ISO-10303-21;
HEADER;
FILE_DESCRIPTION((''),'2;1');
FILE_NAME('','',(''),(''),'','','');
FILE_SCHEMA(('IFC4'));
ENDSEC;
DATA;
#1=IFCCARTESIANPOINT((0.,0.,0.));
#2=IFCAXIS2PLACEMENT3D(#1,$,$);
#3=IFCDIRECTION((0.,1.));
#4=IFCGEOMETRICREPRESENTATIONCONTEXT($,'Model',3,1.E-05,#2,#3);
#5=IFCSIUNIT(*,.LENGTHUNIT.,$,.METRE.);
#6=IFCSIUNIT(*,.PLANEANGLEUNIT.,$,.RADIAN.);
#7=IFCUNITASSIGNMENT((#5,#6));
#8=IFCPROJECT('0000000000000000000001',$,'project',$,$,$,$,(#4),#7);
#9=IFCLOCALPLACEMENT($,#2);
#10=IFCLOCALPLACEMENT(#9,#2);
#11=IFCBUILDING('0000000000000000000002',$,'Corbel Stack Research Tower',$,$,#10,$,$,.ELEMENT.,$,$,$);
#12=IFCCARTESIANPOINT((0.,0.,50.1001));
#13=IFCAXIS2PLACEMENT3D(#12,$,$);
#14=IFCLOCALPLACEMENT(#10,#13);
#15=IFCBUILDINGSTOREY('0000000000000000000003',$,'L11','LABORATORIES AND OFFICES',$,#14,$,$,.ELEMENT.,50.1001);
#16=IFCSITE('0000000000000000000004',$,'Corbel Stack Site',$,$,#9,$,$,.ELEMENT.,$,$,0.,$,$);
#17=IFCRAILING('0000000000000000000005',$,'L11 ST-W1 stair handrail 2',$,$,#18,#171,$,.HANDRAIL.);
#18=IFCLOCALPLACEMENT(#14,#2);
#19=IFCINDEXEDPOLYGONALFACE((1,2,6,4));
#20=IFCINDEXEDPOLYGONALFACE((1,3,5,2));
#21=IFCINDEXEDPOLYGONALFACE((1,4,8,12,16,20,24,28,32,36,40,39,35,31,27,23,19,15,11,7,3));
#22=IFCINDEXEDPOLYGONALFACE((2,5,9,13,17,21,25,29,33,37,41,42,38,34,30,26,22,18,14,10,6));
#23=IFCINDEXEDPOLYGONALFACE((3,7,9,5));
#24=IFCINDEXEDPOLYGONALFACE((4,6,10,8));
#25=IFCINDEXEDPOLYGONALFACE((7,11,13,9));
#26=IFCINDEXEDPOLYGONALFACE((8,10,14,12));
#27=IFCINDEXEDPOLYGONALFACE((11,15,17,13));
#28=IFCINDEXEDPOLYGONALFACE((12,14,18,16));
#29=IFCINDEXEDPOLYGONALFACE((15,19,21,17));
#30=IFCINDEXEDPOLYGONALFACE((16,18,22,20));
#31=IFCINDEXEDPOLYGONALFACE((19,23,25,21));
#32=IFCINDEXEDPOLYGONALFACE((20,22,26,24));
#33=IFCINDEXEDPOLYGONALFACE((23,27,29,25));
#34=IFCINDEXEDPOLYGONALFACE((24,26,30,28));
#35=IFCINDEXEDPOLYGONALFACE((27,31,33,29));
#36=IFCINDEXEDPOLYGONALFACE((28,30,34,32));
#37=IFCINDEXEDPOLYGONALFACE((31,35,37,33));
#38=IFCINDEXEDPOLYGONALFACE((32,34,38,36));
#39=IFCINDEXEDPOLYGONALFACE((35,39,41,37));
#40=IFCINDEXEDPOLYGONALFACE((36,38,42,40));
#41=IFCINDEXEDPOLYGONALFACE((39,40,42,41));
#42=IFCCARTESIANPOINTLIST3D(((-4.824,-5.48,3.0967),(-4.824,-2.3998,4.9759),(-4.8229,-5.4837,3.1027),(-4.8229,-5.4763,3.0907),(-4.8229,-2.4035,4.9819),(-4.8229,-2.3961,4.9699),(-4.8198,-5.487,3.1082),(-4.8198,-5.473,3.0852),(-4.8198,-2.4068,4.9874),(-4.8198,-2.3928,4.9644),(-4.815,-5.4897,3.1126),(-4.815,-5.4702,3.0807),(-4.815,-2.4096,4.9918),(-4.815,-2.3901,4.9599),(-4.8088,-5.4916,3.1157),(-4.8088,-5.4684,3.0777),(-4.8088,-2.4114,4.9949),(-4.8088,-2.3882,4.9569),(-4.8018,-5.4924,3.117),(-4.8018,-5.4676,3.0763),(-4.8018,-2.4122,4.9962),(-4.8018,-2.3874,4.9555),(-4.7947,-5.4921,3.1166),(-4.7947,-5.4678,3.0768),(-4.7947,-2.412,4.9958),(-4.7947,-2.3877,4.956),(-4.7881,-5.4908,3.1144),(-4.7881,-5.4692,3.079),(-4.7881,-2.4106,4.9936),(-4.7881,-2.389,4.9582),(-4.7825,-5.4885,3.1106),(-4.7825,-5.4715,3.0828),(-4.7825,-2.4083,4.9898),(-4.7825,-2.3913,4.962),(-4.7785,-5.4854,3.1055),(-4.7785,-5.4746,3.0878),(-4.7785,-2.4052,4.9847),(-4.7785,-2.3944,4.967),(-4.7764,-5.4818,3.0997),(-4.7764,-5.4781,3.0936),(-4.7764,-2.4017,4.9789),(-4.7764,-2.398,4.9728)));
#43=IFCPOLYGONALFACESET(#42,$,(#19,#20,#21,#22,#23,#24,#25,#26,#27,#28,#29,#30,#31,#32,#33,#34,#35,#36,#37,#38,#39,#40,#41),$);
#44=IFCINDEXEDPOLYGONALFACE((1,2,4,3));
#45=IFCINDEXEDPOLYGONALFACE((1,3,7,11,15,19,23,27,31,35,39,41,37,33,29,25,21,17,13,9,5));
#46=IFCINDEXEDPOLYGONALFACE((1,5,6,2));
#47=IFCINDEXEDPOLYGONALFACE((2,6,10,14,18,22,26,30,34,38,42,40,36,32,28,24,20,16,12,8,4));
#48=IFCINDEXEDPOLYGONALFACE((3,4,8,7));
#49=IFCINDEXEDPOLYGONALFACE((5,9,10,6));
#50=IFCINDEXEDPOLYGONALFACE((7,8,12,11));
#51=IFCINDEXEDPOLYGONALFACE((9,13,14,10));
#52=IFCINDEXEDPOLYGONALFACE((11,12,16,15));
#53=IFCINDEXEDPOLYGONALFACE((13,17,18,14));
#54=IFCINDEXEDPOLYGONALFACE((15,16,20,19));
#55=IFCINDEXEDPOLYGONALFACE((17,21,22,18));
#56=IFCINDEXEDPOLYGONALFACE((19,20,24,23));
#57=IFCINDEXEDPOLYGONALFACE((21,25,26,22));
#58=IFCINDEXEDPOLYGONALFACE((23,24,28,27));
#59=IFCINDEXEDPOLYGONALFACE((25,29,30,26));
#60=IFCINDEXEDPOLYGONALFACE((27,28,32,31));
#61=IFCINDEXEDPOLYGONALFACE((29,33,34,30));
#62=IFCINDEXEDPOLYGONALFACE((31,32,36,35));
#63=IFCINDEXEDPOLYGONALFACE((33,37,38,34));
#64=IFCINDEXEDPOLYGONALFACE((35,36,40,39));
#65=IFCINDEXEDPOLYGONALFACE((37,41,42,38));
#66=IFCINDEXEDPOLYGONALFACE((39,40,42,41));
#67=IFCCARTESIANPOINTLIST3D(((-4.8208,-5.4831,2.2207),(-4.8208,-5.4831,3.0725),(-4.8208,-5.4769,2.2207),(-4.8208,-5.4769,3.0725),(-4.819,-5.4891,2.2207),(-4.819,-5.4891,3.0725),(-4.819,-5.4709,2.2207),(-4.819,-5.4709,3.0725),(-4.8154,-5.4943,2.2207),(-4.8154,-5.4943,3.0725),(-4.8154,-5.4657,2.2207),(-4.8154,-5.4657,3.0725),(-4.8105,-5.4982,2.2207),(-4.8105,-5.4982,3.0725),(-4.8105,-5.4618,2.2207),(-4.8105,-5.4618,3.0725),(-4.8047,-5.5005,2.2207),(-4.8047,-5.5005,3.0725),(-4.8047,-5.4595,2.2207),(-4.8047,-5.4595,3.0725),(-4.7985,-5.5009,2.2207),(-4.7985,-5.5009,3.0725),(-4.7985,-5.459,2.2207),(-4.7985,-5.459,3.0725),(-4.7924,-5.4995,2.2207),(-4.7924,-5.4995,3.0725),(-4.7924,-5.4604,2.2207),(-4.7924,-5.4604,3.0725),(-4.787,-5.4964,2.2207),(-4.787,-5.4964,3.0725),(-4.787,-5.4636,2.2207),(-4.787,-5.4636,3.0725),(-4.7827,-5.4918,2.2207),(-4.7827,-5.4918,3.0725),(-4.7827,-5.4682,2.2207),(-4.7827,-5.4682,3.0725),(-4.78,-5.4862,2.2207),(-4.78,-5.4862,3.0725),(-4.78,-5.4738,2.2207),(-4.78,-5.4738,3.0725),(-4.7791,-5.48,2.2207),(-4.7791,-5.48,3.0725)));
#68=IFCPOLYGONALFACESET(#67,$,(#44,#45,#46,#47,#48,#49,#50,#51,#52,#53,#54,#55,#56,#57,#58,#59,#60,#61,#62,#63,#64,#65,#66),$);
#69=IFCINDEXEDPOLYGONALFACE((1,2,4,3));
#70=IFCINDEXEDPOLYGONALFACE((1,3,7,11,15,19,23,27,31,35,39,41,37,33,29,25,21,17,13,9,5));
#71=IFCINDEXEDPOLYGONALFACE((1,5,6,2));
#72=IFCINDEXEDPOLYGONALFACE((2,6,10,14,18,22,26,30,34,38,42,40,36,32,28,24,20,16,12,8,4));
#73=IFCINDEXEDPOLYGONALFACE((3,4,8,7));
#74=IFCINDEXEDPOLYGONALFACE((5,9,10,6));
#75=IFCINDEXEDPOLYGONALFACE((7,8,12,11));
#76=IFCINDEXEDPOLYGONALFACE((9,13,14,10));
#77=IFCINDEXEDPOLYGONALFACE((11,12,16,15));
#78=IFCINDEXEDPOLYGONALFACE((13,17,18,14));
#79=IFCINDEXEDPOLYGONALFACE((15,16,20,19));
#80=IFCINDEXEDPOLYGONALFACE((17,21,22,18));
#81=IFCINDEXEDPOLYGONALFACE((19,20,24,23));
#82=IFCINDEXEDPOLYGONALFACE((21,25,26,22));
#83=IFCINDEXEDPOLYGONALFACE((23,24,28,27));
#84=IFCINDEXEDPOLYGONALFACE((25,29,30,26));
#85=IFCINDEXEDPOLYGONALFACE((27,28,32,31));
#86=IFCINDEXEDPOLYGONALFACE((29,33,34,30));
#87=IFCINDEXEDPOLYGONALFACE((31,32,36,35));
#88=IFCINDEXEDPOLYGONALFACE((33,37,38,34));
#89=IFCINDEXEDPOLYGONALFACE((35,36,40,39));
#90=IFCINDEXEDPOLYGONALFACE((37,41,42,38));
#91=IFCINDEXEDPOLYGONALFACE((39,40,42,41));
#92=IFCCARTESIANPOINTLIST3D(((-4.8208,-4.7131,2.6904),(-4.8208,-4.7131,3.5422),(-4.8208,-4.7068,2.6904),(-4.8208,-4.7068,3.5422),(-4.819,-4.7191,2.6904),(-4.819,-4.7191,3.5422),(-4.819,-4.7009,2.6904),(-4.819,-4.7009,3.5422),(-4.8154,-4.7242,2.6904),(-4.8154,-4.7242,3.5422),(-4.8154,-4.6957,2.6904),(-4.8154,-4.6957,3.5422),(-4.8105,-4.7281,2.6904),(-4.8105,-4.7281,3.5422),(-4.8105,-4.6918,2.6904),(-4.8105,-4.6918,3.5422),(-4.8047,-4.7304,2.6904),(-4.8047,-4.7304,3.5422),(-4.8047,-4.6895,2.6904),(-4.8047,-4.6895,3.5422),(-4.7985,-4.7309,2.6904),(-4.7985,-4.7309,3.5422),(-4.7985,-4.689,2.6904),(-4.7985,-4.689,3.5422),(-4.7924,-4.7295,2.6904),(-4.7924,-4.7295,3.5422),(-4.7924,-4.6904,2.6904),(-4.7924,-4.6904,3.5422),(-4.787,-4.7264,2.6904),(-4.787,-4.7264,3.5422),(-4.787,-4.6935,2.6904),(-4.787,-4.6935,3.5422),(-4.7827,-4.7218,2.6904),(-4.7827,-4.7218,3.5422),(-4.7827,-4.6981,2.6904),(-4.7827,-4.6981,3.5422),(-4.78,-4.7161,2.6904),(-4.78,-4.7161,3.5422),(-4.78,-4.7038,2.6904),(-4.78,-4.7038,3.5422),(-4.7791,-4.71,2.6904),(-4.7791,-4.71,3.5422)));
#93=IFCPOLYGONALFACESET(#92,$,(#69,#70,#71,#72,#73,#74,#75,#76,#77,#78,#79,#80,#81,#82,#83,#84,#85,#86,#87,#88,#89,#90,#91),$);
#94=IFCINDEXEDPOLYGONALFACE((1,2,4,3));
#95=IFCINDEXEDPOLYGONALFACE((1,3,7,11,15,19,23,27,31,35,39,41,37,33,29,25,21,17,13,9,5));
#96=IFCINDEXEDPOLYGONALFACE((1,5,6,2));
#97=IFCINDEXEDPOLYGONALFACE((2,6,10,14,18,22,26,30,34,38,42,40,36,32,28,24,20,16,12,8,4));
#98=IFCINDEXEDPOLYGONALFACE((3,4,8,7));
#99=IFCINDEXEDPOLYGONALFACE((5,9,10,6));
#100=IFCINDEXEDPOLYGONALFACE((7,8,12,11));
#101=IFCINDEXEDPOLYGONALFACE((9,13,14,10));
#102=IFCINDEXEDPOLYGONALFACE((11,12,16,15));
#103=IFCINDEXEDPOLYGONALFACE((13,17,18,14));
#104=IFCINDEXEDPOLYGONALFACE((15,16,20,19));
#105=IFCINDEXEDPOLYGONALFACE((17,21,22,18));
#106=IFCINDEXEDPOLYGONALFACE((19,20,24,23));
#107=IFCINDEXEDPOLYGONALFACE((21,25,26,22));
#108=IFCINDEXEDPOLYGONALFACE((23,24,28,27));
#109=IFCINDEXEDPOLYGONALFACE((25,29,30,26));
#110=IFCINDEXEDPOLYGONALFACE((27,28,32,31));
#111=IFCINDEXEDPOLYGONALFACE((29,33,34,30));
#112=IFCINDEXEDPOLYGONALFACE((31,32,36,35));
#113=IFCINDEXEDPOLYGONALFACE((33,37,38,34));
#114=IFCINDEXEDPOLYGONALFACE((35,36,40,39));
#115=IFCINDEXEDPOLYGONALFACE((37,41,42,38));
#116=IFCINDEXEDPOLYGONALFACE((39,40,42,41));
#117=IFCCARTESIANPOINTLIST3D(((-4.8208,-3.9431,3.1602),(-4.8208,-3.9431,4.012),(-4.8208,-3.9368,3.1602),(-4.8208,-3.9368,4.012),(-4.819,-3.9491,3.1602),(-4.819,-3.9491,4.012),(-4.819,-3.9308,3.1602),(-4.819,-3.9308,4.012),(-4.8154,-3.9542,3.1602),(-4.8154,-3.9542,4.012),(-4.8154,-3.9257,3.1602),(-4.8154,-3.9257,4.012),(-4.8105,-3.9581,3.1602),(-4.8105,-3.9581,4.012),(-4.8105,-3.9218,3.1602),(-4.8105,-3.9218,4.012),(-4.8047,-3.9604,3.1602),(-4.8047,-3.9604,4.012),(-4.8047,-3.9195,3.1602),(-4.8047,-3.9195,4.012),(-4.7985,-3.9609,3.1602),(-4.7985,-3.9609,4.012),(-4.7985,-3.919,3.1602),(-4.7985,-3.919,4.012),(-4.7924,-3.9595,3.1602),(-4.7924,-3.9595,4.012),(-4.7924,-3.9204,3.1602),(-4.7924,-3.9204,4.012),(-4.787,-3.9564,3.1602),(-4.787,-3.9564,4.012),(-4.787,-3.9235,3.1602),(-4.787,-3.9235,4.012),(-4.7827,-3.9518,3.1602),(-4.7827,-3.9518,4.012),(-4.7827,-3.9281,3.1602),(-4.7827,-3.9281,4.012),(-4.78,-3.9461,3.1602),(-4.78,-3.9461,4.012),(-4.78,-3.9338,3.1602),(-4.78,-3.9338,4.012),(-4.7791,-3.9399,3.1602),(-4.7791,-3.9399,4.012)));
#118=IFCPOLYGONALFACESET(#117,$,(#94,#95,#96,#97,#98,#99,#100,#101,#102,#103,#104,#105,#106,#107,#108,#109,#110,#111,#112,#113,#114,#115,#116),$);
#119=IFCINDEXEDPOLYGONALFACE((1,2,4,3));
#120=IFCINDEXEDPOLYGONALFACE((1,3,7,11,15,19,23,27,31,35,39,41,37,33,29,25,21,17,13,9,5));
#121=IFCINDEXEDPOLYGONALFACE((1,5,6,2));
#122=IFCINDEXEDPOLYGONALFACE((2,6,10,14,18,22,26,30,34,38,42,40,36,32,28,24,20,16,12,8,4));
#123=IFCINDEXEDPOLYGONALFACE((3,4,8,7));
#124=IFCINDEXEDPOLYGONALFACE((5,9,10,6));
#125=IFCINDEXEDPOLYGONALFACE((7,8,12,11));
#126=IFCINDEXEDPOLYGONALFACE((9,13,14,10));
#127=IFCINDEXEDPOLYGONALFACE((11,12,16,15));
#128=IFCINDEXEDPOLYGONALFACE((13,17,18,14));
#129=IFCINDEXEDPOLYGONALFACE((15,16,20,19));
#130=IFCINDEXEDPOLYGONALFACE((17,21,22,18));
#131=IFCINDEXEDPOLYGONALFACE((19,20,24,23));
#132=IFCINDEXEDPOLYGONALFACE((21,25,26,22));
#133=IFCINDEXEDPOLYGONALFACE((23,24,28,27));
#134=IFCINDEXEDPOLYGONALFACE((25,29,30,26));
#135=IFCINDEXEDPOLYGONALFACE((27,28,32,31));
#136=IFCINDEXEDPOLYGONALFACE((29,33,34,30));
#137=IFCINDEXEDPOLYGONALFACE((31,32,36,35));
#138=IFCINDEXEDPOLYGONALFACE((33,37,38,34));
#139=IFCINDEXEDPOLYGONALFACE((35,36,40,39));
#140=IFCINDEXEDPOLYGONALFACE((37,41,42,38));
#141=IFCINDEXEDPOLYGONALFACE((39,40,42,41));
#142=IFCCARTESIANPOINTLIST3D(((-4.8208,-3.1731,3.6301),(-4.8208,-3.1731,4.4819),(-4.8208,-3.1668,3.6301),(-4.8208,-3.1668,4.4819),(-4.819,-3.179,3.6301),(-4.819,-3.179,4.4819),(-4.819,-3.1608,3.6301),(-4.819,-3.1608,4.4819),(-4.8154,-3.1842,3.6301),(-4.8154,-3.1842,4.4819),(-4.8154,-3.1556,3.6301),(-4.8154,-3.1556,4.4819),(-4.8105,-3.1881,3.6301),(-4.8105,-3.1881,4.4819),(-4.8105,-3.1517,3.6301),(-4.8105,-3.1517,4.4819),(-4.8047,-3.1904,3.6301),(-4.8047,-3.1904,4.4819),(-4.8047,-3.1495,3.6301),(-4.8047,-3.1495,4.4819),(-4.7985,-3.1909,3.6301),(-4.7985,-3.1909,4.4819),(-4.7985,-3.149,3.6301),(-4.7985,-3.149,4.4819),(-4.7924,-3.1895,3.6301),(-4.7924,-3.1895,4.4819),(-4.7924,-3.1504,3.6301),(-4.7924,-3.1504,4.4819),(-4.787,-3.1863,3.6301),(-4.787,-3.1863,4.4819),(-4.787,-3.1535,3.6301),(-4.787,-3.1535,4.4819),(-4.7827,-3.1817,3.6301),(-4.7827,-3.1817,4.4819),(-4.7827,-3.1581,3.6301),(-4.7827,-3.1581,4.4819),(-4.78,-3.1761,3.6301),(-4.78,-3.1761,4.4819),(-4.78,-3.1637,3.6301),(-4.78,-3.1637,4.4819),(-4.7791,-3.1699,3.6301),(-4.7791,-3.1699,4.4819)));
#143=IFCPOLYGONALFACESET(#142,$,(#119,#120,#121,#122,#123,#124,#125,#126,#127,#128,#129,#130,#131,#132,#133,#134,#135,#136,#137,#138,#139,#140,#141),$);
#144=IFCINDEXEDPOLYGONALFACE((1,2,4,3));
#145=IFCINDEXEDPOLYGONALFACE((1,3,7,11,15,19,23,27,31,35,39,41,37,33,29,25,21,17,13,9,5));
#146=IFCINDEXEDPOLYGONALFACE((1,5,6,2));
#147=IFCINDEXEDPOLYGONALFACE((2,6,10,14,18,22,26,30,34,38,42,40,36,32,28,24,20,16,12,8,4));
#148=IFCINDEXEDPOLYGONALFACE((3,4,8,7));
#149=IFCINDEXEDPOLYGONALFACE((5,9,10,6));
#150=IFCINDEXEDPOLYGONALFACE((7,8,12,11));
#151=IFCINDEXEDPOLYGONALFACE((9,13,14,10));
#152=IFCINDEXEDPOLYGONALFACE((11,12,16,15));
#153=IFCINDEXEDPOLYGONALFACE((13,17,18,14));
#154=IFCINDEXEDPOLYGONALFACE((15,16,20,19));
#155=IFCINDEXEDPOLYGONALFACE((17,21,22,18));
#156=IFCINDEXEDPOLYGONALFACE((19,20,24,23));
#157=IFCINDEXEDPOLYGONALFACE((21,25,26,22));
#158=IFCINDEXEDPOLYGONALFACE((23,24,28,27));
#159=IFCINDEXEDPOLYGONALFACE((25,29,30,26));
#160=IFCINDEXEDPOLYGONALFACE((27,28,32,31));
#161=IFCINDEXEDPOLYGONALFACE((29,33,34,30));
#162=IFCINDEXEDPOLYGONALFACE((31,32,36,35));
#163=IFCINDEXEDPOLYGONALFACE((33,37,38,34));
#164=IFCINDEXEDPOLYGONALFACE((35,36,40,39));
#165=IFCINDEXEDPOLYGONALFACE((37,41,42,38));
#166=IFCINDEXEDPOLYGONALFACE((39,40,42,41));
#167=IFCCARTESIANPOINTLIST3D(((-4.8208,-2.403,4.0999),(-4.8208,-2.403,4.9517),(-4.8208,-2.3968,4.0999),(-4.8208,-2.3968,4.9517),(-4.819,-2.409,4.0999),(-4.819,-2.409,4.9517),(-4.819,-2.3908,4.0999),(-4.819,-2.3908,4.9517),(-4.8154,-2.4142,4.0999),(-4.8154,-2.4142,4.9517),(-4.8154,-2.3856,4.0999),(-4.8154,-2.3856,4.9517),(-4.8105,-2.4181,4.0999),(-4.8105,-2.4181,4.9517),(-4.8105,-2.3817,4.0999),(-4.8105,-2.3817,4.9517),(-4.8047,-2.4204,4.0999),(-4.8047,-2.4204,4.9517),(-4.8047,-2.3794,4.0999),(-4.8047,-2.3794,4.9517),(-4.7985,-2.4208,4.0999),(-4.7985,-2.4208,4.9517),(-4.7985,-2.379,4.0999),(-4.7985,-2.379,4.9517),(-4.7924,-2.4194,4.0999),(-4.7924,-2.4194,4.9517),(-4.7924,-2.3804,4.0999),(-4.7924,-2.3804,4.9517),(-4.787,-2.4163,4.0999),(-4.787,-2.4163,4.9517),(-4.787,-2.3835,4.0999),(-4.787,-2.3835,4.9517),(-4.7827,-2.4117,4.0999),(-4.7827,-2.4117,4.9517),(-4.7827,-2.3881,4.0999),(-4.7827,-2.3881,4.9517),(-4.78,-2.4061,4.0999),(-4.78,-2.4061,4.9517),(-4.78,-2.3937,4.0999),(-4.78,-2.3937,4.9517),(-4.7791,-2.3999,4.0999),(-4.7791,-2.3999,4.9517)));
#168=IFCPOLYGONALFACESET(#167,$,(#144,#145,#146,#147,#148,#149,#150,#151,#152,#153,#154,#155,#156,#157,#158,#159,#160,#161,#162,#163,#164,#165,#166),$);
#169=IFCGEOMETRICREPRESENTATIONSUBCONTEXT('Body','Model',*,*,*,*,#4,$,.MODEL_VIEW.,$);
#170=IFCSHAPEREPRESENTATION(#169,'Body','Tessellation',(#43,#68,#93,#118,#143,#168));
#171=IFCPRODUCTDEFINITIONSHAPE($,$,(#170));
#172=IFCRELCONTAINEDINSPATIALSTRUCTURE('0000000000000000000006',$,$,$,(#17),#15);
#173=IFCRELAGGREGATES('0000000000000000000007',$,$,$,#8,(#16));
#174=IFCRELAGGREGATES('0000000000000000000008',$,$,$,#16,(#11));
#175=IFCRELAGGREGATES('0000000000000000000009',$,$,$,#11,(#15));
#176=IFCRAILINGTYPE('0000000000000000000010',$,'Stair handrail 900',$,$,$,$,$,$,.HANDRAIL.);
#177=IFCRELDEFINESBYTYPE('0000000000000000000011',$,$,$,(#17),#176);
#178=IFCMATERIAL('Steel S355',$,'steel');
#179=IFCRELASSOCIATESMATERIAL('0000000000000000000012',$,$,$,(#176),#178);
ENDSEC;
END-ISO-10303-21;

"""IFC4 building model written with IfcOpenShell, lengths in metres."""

from ifc_helpers import new_model, si_unit, direction, frame, origin, origin_2d, place, context, subcontext, project, spatial, circle, extrude, material, type_object, element, save


model = new_model("IFC4")

# Units and contexts
model_context = context("Model", 3, precision=1e-05, world=origin(), true_north=direction((0.0, 1.0)))
body_context = subcontext(model_context, "Body", "Model", "MODEL_VIEW")
ifc_project = project(units=[si_unit("LENGTHUNIT", "METRE"), si_unit("PLANEANGLEUNIT", "RADIAN")], contexts=[model_context])

# Site, building, storey
site_placement = place(None, origin())
site = spatial("IfcSite", under=ifc_project, at=site_placement, Name="Corbel Stack Site", CompositionType="ELEMENT", RefElevation=0.0)
building_placement = place(site_placement, origin())
building = spatial("IfcBuilding", under=site, at=building_placement, Name="Corbel Stack Research Tower", CompositionType="ELEMENT")
storey_placement = place(building_placement, frame((0.0, 0.0, 50.1001)))
storey = spatial("IfcBuildingStorey", under=building, at=storey_placement, Name="L11", Description="LABORATORIES AND OFFICES", CompositionType="ELEMENT", Elevation=50.1001)

# Railing
ifc_material_1 = material(Name="Steel S355", Category="steel")
railing_type_1 = type_object("IfcRailingType", Name="Stair handrail 900", PredefinedType="HANDRAIL", material=ifc_material_1)
railing_1_placement = place(storey_placement, frame((-4.8, -5.48, 2.2207)))
element("IfcRailing", 1, at=railing_1_placement, inside=storey, type_object=railing_type_1, Name="L11 ST-W1 stair handrail 2", PredefinedType="HANDRAIL", context=body_context, shape_type="SweptSolid", body=[
    extrude(circle(Radius=0.0239, at=origin_2d()), frame((0.0, 0.0, 0.876), z_axis=(0.0, 0.853666, 0.52082), x_axis=(-1.0, 0.0, 0.0)), (0.0, 0.0, 1.0), 3.6082),
    extrude(circle(Radius=0.021, at=origin_2d()), origin(), (0.0, 0.0, 1.0), 0.8518),
    extrude(circle(Radius=0.021, at=origin_2d()), frame((0.0, 0.77, 0.4697)), (0.0, 0.0, 1.0), 0.8518),
    extrude(circle(Radius=0.021, at=origin_2d()), frame((0.0, 1.54, 0.9395)), (0.0, 0.0, 1.0), 0.8518),
    extrude(circle(Radius=0.021, at=origin_2d()), frame((0.0, 2.3101, 1.4094)), (0.0, 0.0, 1.0), 0.8518),
    extrude(circle(Radius=0.021, at=origin_2d()), frame((0.0, 3.0801, 1.8792)), (0.0, 0.0, 1.0), 0.8518),
])

save(model, "model.ifc")
